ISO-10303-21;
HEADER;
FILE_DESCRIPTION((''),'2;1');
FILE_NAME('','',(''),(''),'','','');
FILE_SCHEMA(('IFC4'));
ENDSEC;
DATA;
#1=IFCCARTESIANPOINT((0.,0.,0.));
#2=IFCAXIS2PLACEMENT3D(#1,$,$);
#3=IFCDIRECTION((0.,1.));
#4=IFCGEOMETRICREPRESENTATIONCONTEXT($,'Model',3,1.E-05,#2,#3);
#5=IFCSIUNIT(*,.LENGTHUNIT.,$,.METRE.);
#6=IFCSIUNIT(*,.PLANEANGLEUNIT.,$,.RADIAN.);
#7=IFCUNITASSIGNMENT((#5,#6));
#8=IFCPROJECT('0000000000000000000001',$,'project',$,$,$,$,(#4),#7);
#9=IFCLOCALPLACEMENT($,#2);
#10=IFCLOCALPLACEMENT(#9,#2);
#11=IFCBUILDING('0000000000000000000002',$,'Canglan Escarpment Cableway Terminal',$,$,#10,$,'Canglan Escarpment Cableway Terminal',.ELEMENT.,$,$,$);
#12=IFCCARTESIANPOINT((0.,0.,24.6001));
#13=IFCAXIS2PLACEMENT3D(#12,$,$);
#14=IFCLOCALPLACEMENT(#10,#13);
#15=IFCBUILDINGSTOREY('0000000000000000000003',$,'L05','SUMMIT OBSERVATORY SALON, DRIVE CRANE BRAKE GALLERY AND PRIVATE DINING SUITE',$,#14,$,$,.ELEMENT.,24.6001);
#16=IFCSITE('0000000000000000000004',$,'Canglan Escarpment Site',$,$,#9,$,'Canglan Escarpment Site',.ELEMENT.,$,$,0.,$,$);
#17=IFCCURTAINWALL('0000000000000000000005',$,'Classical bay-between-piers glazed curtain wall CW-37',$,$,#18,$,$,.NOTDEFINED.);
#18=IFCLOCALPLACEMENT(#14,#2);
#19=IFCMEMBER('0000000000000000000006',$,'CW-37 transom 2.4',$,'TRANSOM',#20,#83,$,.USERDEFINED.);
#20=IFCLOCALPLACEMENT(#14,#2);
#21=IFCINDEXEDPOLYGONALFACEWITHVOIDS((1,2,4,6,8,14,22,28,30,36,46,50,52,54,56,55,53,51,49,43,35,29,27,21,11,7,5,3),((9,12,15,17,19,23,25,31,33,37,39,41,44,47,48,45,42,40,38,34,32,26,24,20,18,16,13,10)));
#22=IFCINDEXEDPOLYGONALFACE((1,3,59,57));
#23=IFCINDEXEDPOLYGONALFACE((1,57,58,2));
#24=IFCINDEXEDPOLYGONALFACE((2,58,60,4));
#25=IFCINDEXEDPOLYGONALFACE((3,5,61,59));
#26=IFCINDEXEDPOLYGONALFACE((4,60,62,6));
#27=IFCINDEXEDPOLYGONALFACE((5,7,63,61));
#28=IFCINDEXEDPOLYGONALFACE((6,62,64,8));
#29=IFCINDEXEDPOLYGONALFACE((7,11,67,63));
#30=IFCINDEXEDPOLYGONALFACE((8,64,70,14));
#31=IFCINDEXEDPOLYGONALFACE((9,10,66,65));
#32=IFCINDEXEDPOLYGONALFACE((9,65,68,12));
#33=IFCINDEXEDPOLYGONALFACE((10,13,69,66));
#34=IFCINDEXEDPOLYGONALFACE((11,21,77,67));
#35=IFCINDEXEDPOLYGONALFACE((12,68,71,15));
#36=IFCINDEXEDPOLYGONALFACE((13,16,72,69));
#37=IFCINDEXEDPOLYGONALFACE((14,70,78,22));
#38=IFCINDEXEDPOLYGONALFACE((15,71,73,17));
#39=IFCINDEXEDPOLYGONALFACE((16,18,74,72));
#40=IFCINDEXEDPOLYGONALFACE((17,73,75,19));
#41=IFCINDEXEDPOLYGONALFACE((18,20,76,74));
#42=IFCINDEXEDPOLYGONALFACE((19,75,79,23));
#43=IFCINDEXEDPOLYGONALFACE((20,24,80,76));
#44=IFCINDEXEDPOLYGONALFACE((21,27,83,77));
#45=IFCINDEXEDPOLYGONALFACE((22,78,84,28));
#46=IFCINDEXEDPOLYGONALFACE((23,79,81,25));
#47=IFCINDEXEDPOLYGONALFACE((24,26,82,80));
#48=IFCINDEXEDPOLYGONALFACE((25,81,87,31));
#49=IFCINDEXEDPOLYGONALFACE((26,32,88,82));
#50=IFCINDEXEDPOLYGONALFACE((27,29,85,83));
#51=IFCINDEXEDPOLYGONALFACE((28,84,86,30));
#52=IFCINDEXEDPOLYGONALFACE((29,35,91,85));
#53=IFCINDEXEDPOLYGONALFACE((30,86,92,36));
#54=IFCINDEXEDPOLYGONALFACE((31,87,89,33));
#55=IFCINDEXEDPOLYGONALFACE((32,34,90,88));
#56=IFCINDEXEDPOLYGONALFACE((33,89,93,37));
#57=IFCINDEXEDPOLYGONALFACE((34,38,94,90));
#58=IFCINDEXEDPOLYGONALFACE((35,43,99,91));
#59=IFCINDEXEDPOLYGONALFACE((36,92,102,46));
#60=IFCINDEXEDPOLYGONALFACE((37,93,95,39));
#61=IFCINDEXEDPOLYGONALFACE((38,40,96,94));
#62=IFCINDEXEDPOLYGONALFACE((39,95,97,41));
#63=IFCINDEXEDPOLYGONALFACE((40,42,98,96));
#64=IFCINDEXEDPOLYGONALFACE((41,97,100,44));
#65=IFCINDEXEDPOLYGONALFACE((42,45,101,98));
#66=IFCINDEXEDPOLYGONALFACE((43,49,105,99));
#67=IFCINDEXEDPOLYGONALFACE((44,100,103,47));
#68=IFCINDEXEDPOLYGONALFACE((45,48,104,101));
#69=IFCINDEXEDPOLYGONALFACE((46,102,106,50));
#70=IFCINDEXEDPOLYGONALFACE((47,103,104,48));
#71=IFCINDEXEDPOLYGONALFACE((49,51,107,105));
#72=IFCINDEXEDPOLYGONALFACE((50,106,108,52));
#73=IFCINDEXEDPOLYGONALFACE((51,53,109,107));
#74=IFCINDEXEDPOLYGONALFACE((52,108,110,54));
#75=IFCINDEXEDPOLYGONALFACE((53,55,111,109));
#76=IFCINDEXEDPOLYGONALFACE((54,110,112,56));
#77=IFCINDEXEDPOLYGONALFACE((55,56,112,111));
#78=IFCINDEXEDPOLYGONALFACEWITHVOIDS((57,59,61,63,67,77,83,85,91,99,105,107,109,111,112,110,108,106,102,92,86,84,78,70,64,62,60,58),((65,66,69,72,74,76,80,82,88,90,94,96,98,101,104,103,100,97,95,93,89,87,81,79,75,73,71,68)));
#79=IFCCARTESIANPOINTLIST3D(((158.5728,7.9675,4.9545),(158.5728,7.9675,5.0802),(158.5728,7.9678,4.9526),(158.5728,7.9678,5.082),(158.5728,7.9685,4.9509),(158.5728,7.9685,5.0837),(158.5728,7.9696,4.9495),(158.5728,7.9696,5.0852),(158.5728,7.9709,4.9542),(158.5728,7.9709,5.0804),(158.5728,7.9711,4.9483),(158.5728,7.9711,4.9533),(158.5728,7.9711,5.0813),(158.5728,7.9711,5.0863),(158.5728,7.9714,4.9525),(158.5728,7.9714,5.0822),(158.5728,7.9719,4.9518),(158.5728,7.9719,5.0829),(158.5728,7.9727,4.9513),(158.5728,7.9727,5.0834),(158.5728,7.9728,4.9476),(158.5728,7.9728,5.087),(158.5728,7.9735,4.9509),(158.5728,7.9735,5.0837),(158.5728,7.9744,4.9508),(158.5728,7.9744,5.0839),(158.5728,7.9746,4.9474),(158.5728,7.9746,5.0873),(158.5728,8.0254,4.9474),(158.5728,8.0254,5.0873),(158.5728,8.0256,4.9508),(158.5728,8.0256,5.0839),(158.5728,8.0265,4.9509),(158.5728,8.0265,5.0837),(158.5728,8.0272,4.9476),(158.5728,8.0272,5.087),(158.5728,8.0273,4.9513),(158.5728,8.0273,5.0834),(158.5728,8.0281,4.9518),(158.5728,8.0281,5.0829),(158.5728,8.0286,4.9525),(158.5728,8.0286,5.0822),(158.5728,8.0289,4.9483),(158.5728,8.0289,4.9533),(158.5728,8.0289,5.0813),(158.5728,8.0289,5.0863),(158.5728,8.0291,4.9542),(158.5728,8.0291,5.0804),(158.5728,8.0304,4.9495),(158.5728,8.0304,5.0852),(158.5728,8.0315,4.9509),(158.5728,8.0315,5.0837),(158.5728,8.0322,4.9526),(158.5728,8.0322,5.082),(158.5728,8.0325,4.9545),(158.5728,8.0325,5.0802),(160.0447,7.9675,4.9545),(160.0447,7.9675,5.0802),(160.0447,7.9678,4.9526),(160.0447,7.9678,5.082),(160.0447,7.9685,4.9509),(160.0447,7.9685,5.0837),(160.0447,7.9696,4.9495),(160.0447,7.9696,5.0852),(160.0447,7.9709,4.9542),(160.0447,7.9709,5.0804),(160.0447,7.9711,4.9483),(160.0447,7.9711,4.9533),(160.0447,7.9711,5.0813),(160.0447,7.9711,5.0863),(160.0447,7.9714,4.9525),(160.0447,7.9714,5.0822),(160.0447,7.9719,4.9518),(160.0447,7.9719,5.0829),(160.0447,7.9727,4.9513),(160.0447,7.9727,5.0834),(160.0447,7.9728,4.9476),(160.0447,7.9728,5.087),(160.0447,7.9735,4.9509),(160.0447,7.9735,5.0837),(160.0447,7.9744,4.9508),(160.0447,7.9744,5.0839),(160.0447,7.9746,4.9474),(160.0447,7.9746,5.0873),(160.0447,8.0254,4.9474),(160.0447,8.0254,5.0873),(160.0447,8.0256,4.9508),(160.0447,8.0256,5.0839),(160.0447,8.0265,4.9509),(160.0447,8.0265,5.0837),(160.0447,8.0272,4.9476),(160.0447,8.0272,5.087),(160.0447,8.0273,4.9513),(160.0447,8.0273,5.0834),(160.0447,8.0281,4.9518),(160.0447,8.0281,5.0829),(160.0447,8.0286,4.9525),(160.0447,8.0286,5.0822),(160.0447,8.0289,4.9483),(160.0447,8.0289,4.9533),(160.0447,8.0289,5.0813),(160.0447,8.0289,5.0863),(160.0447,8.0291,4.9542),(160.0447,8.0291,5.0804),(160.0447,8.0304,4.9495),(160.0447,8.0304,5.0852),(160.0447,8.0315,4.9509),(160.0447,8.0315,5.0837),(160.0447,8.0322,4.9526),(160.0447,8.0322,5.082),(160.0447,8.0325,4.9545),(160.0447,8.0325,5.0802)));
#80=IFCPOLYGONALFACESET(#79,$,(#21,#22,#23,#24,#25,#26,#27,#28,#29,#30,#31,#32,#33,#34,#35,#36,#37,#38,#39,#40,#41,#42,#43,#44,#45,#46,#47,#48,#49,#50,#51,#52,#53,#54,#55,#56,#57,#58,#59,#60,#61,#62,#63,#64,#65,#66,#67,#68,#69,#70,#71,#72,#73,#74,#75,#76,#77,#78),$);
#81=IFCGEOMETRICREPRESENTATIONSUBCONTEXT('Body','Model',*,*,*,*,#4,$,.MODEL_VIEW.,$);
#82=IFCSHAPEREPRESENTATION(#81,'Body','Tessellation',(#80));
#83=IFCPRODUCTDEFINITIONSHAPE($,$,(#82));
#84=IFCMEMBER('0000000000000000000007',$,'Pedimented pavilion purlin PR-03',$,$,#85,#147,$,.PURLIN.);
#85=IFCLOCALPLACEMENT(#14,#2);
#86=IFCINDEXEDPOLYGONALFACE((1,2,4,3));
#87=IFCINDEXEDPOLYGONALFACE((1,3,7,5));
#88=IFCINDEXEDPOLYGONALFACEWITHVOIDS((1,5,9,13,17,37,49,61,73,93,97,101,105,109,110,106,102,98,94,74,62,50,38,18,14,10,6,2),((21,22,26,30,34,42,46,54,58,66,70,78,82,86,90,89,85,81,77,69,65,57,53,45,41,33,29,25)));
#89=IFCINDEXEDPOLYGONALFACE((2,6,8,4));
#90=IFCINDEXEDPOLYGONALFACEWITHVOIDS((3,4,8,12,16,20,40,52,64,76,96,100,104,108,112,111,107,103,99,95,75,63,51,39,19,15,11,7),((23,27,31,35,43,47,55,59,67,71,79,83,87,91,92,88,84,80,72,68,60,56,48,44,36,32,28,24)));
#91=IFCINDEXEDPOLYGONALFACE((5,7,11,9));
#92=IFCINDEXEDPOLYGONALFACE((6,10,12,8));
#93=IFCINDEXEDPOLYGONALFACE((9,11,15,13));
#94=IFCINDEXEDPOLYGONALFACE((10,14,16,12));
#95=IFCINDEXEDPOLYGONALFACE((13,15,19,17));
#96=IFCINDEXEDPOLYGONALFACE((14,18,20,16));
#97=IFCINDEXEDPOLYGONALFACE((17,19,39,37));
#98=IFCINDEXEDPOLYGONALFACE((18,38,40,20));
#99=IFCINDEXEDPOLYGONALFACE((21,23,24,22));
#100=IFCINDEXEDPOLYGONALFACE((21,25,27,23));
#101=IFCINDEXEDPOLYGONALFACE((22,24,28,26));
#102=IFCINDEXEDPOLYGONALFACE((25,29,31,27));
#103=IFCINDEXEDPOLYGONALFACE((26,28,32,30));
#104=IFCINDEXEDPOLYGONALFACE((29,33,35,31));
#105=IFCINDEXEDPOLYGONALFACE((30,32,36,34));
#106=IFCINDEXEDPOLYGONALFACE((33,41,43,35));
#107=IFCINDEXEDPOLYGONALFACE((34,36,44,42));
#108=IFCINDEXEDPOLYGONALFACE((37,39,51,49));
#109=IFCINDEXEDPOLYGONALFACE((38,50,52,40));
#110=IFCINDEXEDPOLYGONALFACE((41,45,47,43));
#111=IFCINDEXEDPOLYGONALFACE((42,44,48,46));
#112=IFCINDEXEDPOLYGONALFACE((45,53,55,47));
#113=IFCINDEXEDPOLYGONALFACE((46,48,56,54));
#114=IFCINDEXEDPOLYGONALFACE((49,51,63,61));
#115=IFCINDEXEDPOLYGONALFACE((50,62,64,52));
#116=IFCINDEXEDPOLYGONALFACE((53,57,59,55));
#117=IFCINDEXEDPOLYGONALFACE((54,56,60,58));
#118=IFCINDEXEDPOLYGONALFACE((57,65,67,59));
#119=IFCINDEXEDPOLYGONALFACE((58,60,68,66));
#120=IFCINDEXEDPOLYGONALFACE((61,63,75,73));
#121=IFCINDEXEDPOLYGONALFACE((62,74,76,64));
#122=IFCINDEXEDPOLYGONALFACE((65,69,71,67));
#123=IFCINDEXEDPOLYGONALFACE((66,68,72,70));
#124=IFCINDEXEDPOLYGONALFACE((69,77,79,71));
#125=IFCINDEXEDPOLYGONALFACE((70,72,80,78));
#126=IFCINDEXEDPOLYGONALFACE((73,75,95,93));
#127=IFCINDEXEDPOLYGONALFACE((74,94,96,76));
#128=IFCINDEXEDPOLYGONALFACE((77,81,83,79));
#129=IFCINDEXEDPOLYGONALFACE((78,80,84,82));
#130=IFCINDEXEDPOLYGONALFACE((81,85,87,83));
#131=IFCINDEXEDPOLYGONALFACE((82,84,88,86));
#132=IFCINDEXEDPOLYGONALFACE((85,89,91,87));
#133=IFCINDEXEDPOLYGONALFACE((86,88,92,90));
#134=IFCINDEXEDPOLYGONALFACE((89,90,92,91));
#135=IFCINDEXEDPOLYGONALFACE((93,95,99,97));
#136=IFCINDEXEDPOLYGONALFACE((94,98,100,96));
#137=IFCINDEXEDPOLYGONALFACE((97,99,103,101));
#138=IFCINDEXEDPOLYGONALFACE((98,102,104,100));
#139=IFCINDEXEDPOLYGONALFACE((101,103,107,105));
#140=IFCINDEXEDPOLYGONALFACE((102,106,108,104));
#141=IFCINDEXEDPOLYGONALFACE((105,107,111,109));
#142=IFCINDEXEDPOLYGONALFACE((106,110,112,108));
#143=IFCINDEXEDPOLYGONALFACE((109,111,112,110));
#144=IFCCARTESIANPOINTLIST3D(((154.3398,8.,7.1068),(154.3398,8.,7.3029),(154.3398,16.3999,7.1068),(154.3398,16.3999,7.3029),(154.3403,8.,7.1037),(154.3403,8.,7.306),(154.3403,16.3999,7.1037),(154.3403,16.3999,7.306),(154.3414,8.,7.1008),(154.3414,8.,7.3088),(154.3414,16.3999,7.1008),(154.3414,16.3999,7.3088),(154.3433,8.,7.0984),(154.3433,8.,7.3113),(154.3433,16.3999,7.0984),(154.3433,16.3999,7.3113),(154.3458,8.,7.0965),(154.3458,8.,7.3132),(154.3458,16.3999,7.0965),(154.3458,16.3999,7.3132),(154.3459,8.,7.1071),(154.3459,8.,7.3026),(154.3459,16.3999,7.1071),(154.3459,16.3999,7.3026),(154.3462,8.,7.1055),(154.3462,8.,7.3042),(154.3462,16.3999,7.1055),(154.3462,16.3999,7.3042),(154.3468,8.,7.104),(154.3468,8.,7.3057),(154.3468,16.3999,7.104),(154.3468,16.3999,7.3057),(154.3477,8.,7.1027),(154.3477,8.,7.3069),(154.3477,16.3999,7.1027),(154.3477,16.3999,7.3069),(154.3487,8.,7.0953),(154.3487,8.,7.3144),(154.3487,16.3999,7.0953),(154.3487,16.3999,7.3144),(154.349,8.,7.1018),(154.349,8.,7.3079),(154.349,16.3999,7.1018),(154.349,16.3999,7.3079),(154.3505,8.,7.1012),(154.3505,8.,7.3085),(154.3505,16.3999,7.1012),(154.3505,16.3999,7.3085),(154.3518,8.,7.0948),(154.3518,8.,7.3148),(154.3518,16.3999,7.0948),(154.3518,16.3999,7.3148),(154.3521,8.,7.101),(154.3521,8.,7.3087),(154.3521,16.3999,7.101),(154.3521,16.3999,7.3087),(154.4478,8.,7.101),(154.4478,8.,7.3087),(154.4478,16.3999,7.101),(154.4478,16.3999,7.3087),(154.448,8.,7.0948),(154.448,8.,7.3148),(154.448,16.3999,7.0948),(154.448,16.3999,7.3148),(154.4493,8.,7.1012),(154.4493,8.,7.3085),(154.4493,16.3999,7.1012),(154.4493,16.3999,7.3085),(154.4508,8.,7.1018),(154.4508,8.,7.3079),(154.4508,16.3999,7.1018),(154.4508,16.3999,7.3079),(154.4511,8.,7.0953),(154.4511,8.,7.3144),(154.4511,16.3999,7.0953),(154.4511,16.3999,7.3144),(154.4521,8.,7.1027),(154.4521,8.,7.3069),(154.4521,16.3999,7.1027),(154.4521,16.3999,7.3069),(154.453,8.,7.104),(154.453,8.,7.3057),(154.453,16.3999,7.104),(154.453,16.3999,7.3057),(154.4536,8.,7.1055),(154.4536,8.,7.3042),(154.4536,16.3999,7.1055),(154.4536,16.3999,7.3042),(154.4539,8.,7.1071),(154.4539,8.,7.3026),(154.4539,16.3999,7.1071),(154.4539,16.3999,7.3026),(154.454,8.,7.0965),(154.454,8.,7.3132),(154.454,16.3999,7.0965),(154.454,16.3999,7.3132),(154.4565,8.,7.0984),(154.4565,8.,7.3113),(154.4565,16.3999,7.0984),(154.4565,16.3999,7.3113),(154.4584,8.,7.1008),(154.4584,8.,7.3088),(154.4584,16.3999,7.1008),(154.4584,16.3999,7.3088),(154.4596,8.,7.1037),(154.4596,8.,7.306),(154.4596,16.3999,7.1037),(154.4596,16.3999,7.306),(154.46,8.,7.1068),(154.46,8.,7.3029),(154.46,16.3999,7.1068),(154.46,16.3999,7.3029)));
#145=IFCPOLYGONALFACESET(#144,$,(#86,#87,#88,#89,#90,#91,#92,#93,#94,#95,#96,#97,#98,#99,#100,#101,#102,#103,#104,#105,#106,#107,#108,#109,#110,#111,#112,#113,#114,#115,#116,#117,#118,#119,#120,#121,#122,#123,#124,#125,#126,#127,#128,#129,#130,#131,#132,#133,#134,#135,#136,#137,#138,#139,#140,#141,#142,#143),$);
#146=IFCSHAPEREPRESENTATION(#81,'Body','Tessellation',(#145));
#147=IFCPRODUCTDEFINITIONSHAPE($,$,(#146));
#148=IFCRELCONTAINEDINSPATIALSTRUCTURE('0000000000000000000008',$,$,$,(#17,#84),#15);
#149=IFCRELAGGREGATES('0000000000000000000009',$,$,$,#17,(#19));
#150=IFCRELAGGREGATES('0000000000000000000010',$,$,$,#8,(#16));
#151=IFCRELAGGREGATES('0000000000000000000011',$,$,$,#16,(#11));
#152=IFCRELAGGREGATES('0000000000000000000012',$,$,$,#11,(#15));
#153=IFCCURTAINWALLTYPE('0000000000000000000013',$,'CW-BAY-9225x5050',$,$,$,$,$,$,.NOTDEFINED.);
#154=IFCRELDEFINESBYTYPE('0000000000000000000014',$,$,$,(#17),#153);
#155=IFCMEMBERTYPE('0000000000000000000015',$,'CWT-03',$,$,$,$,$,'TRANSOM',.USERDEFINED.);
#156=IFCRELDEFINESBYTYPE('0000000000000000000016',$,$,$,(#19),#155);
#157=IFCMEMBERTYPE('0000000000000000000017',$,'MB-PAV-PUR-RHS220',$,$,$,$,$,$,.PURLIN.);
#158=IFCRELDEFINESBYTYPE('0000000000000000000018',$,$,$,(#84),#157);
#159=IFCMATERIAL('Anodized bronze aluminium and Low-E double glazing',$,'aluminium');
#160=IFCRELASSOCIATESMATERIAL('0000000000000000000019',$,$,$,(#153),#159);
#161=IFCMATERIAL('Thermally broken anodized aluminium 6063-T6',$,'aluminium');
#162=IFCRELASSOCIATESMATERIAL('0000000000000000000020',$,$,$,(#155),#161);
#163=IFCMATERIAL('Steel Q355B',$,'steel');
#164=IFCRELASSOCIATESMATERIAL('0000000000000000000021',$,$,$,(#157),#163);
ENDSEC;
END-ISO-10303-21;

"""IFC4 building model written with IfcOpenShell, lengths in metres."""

from ifc_helpers import new_model, si_unit, direction, frame, origin, origin_2d, place, context, subcontext, project, spatial, hollow_rectangle, extrude, material, material_profile, profile_set, type_object, element, aggregate, save


model = new_model("IFC4")

# Units and contexts
model_context = context("Model", 3, precision=1e-05, world=origin(), true_north=direction((0.0, 1.0)))
body_context = subcontext(model_context, "Body", "Model", "MODEL_VIEW")
ifc_project = project(units=[si_unit("LENGTHUNIT", "METRE"), si_unit("PLANEANGLEUNIT", "RADIAN")], contexts=[model_context])

# Site, building, storey
site_placement = place(None, origin())
site = spatial("IfcSite", under=ifc_project, at=site_placement, Name="Canglan Escarpment Site", LongName="Canglan Escarpment Site", CompositionType="ELEMENT", RefElevation=0.0)
building_placement = place(site_placement, origin())
building = spatial("IfcBuilding", under=site, at=building_placement, Name="Canglan Escarpment Cableway Terminal", LongName="Canglan Escarpment Cableway Terminal", CompositionType="ELEMENT")
storey_placement = place(building_placement, frame((0.0, 0.0, 24.6001)))
storey = spatial("IfcBuildingStorey", under=building, at=storey_placement, Name="L05", Description="SUMMIT OBSERVATORY SALON, DRIVE CRANE BRAKE GALLERY AND PRIVATE DINING SUITE", CompositionType="ELEMENT", Elevation=24.6001)

# Shared definitions
ifc_material_1 = material(Name="Steel Q355B", Category="steel")

# Curtain wall
ifc_material_2 = material(Name="Anodized bronze aluminium and Low-E double glazing", Category="aluminium")
curtain_wall_type = type_object("IfcCurtainWallType", Name="CW-BAY-9225x5050", PredefinedType="NOTDEFINED", material=ifc_material_2)
ifc_material_3 = material(Name="Thermally broken anodized aluminium 6063-T6", Category="aluminium")
curtain_wall_1_placement = place(storey_placement, origin())
curtain_wall_1 = element("IfcCurtainWall", 1, at=curtain_wall_1_placement, inside=storey, type_object=curtain_wall_type, Name="Classical bay-between-piers glazed curtain wall CW-37", PredefinedType="NOTDEFINED")

# Member
ifc_material_profile_1 = material_profile(ifc_material_3, hollow_rectangle(XDim=0.0649, YDim=0.1399, WallThickness=0.0034, InnerFilletRadius=0.0034, OuterFilletRadius=0.0071, at=origin_2d()), Name="ALU-TRAN 65x140x3.5")
ifc_profile_set_1 = profile_set([ifc_material_profile_1], Name="Thermally broken anodized aluminium 6063-T6")
member_type_1 = type_object("IfcMemberType", Name="CWT-03", ElementType="TRANSOM", PredefinedType="USERDEFINED", material=ifc_profile_set_1)
member_1_placement = place(storey_placement, frame((158.5728, 8.0, 5.0173), z_axis=(1.0, 0.0, 0.0), x_axis=(0.0, 1.0, 0.0)))
member_1 = element("IfcMember", 2, at=member_1_placement, type_object=member_type_1, Name="CW-37 transom 2.4", ObjectType="TRANSOM", PredefinedType="USERDEFINED", context=body_context, shape_type="SweptSolid", body=[
    extrude(hollow_rectangle(XDim=0.0649, YDim=0.1399, WallThickness=0.0034, InnerFilletRadius=0.0034, OuterFilletRadius=0.0071, at=origin_2d()), origin(), (0.0, 0.0, 1.0), 1.4719),
])

# Member
ifc_material_profile_2 = material_profile(ifc_material_1, hollow_rectangle(XDim=0.1201, YDim=0.22, WallThickness=0.0061, InnerFilletRadius=0.0061, OuterFilletRadius=0.012, at=origin_2d()), Name="RHS 220x120x6")
ifc_profile_set_2 = profile_set([ifc_material_profile_2], Name="Steel Q355B")
member_type_2 = type_object("IfcMemberType", Name="MB-PAV-PUR-RHS220", PredefinedType="PURLIN", material=ifc_profile_set_2)
for number, where, z_axis, x_axis, name in (
    (3, (154.3999, 8.0, 7.2048), (0.0, 1.0, 0.0), (-1.0, 0.0, 0.0), "Pedimented pavilion purlin PR-03"),
):
    element("IfcMember", number, at=place(storey_placement, frame(where, z_axis=z_axis, x_axis=x_axis)), inside=storey, type_object=member_type_2, Name=name, PredefinedType="PURLIN", context=body_context, shape_type="SweptSolid", body=[
        extrude(hollow_rectangle(XDim=0.1201, YDim=0.22, WallThickness=0.0061, InnerFilletRadius=0.0061, OuterFilletRadius=0.012, at=origin_2d()), origin(), (0.0, 0.0, 1.0), 8.3999),
    ])

aggregate(curtain_wall_1, [member_1])

save(model, "model.ifc")
